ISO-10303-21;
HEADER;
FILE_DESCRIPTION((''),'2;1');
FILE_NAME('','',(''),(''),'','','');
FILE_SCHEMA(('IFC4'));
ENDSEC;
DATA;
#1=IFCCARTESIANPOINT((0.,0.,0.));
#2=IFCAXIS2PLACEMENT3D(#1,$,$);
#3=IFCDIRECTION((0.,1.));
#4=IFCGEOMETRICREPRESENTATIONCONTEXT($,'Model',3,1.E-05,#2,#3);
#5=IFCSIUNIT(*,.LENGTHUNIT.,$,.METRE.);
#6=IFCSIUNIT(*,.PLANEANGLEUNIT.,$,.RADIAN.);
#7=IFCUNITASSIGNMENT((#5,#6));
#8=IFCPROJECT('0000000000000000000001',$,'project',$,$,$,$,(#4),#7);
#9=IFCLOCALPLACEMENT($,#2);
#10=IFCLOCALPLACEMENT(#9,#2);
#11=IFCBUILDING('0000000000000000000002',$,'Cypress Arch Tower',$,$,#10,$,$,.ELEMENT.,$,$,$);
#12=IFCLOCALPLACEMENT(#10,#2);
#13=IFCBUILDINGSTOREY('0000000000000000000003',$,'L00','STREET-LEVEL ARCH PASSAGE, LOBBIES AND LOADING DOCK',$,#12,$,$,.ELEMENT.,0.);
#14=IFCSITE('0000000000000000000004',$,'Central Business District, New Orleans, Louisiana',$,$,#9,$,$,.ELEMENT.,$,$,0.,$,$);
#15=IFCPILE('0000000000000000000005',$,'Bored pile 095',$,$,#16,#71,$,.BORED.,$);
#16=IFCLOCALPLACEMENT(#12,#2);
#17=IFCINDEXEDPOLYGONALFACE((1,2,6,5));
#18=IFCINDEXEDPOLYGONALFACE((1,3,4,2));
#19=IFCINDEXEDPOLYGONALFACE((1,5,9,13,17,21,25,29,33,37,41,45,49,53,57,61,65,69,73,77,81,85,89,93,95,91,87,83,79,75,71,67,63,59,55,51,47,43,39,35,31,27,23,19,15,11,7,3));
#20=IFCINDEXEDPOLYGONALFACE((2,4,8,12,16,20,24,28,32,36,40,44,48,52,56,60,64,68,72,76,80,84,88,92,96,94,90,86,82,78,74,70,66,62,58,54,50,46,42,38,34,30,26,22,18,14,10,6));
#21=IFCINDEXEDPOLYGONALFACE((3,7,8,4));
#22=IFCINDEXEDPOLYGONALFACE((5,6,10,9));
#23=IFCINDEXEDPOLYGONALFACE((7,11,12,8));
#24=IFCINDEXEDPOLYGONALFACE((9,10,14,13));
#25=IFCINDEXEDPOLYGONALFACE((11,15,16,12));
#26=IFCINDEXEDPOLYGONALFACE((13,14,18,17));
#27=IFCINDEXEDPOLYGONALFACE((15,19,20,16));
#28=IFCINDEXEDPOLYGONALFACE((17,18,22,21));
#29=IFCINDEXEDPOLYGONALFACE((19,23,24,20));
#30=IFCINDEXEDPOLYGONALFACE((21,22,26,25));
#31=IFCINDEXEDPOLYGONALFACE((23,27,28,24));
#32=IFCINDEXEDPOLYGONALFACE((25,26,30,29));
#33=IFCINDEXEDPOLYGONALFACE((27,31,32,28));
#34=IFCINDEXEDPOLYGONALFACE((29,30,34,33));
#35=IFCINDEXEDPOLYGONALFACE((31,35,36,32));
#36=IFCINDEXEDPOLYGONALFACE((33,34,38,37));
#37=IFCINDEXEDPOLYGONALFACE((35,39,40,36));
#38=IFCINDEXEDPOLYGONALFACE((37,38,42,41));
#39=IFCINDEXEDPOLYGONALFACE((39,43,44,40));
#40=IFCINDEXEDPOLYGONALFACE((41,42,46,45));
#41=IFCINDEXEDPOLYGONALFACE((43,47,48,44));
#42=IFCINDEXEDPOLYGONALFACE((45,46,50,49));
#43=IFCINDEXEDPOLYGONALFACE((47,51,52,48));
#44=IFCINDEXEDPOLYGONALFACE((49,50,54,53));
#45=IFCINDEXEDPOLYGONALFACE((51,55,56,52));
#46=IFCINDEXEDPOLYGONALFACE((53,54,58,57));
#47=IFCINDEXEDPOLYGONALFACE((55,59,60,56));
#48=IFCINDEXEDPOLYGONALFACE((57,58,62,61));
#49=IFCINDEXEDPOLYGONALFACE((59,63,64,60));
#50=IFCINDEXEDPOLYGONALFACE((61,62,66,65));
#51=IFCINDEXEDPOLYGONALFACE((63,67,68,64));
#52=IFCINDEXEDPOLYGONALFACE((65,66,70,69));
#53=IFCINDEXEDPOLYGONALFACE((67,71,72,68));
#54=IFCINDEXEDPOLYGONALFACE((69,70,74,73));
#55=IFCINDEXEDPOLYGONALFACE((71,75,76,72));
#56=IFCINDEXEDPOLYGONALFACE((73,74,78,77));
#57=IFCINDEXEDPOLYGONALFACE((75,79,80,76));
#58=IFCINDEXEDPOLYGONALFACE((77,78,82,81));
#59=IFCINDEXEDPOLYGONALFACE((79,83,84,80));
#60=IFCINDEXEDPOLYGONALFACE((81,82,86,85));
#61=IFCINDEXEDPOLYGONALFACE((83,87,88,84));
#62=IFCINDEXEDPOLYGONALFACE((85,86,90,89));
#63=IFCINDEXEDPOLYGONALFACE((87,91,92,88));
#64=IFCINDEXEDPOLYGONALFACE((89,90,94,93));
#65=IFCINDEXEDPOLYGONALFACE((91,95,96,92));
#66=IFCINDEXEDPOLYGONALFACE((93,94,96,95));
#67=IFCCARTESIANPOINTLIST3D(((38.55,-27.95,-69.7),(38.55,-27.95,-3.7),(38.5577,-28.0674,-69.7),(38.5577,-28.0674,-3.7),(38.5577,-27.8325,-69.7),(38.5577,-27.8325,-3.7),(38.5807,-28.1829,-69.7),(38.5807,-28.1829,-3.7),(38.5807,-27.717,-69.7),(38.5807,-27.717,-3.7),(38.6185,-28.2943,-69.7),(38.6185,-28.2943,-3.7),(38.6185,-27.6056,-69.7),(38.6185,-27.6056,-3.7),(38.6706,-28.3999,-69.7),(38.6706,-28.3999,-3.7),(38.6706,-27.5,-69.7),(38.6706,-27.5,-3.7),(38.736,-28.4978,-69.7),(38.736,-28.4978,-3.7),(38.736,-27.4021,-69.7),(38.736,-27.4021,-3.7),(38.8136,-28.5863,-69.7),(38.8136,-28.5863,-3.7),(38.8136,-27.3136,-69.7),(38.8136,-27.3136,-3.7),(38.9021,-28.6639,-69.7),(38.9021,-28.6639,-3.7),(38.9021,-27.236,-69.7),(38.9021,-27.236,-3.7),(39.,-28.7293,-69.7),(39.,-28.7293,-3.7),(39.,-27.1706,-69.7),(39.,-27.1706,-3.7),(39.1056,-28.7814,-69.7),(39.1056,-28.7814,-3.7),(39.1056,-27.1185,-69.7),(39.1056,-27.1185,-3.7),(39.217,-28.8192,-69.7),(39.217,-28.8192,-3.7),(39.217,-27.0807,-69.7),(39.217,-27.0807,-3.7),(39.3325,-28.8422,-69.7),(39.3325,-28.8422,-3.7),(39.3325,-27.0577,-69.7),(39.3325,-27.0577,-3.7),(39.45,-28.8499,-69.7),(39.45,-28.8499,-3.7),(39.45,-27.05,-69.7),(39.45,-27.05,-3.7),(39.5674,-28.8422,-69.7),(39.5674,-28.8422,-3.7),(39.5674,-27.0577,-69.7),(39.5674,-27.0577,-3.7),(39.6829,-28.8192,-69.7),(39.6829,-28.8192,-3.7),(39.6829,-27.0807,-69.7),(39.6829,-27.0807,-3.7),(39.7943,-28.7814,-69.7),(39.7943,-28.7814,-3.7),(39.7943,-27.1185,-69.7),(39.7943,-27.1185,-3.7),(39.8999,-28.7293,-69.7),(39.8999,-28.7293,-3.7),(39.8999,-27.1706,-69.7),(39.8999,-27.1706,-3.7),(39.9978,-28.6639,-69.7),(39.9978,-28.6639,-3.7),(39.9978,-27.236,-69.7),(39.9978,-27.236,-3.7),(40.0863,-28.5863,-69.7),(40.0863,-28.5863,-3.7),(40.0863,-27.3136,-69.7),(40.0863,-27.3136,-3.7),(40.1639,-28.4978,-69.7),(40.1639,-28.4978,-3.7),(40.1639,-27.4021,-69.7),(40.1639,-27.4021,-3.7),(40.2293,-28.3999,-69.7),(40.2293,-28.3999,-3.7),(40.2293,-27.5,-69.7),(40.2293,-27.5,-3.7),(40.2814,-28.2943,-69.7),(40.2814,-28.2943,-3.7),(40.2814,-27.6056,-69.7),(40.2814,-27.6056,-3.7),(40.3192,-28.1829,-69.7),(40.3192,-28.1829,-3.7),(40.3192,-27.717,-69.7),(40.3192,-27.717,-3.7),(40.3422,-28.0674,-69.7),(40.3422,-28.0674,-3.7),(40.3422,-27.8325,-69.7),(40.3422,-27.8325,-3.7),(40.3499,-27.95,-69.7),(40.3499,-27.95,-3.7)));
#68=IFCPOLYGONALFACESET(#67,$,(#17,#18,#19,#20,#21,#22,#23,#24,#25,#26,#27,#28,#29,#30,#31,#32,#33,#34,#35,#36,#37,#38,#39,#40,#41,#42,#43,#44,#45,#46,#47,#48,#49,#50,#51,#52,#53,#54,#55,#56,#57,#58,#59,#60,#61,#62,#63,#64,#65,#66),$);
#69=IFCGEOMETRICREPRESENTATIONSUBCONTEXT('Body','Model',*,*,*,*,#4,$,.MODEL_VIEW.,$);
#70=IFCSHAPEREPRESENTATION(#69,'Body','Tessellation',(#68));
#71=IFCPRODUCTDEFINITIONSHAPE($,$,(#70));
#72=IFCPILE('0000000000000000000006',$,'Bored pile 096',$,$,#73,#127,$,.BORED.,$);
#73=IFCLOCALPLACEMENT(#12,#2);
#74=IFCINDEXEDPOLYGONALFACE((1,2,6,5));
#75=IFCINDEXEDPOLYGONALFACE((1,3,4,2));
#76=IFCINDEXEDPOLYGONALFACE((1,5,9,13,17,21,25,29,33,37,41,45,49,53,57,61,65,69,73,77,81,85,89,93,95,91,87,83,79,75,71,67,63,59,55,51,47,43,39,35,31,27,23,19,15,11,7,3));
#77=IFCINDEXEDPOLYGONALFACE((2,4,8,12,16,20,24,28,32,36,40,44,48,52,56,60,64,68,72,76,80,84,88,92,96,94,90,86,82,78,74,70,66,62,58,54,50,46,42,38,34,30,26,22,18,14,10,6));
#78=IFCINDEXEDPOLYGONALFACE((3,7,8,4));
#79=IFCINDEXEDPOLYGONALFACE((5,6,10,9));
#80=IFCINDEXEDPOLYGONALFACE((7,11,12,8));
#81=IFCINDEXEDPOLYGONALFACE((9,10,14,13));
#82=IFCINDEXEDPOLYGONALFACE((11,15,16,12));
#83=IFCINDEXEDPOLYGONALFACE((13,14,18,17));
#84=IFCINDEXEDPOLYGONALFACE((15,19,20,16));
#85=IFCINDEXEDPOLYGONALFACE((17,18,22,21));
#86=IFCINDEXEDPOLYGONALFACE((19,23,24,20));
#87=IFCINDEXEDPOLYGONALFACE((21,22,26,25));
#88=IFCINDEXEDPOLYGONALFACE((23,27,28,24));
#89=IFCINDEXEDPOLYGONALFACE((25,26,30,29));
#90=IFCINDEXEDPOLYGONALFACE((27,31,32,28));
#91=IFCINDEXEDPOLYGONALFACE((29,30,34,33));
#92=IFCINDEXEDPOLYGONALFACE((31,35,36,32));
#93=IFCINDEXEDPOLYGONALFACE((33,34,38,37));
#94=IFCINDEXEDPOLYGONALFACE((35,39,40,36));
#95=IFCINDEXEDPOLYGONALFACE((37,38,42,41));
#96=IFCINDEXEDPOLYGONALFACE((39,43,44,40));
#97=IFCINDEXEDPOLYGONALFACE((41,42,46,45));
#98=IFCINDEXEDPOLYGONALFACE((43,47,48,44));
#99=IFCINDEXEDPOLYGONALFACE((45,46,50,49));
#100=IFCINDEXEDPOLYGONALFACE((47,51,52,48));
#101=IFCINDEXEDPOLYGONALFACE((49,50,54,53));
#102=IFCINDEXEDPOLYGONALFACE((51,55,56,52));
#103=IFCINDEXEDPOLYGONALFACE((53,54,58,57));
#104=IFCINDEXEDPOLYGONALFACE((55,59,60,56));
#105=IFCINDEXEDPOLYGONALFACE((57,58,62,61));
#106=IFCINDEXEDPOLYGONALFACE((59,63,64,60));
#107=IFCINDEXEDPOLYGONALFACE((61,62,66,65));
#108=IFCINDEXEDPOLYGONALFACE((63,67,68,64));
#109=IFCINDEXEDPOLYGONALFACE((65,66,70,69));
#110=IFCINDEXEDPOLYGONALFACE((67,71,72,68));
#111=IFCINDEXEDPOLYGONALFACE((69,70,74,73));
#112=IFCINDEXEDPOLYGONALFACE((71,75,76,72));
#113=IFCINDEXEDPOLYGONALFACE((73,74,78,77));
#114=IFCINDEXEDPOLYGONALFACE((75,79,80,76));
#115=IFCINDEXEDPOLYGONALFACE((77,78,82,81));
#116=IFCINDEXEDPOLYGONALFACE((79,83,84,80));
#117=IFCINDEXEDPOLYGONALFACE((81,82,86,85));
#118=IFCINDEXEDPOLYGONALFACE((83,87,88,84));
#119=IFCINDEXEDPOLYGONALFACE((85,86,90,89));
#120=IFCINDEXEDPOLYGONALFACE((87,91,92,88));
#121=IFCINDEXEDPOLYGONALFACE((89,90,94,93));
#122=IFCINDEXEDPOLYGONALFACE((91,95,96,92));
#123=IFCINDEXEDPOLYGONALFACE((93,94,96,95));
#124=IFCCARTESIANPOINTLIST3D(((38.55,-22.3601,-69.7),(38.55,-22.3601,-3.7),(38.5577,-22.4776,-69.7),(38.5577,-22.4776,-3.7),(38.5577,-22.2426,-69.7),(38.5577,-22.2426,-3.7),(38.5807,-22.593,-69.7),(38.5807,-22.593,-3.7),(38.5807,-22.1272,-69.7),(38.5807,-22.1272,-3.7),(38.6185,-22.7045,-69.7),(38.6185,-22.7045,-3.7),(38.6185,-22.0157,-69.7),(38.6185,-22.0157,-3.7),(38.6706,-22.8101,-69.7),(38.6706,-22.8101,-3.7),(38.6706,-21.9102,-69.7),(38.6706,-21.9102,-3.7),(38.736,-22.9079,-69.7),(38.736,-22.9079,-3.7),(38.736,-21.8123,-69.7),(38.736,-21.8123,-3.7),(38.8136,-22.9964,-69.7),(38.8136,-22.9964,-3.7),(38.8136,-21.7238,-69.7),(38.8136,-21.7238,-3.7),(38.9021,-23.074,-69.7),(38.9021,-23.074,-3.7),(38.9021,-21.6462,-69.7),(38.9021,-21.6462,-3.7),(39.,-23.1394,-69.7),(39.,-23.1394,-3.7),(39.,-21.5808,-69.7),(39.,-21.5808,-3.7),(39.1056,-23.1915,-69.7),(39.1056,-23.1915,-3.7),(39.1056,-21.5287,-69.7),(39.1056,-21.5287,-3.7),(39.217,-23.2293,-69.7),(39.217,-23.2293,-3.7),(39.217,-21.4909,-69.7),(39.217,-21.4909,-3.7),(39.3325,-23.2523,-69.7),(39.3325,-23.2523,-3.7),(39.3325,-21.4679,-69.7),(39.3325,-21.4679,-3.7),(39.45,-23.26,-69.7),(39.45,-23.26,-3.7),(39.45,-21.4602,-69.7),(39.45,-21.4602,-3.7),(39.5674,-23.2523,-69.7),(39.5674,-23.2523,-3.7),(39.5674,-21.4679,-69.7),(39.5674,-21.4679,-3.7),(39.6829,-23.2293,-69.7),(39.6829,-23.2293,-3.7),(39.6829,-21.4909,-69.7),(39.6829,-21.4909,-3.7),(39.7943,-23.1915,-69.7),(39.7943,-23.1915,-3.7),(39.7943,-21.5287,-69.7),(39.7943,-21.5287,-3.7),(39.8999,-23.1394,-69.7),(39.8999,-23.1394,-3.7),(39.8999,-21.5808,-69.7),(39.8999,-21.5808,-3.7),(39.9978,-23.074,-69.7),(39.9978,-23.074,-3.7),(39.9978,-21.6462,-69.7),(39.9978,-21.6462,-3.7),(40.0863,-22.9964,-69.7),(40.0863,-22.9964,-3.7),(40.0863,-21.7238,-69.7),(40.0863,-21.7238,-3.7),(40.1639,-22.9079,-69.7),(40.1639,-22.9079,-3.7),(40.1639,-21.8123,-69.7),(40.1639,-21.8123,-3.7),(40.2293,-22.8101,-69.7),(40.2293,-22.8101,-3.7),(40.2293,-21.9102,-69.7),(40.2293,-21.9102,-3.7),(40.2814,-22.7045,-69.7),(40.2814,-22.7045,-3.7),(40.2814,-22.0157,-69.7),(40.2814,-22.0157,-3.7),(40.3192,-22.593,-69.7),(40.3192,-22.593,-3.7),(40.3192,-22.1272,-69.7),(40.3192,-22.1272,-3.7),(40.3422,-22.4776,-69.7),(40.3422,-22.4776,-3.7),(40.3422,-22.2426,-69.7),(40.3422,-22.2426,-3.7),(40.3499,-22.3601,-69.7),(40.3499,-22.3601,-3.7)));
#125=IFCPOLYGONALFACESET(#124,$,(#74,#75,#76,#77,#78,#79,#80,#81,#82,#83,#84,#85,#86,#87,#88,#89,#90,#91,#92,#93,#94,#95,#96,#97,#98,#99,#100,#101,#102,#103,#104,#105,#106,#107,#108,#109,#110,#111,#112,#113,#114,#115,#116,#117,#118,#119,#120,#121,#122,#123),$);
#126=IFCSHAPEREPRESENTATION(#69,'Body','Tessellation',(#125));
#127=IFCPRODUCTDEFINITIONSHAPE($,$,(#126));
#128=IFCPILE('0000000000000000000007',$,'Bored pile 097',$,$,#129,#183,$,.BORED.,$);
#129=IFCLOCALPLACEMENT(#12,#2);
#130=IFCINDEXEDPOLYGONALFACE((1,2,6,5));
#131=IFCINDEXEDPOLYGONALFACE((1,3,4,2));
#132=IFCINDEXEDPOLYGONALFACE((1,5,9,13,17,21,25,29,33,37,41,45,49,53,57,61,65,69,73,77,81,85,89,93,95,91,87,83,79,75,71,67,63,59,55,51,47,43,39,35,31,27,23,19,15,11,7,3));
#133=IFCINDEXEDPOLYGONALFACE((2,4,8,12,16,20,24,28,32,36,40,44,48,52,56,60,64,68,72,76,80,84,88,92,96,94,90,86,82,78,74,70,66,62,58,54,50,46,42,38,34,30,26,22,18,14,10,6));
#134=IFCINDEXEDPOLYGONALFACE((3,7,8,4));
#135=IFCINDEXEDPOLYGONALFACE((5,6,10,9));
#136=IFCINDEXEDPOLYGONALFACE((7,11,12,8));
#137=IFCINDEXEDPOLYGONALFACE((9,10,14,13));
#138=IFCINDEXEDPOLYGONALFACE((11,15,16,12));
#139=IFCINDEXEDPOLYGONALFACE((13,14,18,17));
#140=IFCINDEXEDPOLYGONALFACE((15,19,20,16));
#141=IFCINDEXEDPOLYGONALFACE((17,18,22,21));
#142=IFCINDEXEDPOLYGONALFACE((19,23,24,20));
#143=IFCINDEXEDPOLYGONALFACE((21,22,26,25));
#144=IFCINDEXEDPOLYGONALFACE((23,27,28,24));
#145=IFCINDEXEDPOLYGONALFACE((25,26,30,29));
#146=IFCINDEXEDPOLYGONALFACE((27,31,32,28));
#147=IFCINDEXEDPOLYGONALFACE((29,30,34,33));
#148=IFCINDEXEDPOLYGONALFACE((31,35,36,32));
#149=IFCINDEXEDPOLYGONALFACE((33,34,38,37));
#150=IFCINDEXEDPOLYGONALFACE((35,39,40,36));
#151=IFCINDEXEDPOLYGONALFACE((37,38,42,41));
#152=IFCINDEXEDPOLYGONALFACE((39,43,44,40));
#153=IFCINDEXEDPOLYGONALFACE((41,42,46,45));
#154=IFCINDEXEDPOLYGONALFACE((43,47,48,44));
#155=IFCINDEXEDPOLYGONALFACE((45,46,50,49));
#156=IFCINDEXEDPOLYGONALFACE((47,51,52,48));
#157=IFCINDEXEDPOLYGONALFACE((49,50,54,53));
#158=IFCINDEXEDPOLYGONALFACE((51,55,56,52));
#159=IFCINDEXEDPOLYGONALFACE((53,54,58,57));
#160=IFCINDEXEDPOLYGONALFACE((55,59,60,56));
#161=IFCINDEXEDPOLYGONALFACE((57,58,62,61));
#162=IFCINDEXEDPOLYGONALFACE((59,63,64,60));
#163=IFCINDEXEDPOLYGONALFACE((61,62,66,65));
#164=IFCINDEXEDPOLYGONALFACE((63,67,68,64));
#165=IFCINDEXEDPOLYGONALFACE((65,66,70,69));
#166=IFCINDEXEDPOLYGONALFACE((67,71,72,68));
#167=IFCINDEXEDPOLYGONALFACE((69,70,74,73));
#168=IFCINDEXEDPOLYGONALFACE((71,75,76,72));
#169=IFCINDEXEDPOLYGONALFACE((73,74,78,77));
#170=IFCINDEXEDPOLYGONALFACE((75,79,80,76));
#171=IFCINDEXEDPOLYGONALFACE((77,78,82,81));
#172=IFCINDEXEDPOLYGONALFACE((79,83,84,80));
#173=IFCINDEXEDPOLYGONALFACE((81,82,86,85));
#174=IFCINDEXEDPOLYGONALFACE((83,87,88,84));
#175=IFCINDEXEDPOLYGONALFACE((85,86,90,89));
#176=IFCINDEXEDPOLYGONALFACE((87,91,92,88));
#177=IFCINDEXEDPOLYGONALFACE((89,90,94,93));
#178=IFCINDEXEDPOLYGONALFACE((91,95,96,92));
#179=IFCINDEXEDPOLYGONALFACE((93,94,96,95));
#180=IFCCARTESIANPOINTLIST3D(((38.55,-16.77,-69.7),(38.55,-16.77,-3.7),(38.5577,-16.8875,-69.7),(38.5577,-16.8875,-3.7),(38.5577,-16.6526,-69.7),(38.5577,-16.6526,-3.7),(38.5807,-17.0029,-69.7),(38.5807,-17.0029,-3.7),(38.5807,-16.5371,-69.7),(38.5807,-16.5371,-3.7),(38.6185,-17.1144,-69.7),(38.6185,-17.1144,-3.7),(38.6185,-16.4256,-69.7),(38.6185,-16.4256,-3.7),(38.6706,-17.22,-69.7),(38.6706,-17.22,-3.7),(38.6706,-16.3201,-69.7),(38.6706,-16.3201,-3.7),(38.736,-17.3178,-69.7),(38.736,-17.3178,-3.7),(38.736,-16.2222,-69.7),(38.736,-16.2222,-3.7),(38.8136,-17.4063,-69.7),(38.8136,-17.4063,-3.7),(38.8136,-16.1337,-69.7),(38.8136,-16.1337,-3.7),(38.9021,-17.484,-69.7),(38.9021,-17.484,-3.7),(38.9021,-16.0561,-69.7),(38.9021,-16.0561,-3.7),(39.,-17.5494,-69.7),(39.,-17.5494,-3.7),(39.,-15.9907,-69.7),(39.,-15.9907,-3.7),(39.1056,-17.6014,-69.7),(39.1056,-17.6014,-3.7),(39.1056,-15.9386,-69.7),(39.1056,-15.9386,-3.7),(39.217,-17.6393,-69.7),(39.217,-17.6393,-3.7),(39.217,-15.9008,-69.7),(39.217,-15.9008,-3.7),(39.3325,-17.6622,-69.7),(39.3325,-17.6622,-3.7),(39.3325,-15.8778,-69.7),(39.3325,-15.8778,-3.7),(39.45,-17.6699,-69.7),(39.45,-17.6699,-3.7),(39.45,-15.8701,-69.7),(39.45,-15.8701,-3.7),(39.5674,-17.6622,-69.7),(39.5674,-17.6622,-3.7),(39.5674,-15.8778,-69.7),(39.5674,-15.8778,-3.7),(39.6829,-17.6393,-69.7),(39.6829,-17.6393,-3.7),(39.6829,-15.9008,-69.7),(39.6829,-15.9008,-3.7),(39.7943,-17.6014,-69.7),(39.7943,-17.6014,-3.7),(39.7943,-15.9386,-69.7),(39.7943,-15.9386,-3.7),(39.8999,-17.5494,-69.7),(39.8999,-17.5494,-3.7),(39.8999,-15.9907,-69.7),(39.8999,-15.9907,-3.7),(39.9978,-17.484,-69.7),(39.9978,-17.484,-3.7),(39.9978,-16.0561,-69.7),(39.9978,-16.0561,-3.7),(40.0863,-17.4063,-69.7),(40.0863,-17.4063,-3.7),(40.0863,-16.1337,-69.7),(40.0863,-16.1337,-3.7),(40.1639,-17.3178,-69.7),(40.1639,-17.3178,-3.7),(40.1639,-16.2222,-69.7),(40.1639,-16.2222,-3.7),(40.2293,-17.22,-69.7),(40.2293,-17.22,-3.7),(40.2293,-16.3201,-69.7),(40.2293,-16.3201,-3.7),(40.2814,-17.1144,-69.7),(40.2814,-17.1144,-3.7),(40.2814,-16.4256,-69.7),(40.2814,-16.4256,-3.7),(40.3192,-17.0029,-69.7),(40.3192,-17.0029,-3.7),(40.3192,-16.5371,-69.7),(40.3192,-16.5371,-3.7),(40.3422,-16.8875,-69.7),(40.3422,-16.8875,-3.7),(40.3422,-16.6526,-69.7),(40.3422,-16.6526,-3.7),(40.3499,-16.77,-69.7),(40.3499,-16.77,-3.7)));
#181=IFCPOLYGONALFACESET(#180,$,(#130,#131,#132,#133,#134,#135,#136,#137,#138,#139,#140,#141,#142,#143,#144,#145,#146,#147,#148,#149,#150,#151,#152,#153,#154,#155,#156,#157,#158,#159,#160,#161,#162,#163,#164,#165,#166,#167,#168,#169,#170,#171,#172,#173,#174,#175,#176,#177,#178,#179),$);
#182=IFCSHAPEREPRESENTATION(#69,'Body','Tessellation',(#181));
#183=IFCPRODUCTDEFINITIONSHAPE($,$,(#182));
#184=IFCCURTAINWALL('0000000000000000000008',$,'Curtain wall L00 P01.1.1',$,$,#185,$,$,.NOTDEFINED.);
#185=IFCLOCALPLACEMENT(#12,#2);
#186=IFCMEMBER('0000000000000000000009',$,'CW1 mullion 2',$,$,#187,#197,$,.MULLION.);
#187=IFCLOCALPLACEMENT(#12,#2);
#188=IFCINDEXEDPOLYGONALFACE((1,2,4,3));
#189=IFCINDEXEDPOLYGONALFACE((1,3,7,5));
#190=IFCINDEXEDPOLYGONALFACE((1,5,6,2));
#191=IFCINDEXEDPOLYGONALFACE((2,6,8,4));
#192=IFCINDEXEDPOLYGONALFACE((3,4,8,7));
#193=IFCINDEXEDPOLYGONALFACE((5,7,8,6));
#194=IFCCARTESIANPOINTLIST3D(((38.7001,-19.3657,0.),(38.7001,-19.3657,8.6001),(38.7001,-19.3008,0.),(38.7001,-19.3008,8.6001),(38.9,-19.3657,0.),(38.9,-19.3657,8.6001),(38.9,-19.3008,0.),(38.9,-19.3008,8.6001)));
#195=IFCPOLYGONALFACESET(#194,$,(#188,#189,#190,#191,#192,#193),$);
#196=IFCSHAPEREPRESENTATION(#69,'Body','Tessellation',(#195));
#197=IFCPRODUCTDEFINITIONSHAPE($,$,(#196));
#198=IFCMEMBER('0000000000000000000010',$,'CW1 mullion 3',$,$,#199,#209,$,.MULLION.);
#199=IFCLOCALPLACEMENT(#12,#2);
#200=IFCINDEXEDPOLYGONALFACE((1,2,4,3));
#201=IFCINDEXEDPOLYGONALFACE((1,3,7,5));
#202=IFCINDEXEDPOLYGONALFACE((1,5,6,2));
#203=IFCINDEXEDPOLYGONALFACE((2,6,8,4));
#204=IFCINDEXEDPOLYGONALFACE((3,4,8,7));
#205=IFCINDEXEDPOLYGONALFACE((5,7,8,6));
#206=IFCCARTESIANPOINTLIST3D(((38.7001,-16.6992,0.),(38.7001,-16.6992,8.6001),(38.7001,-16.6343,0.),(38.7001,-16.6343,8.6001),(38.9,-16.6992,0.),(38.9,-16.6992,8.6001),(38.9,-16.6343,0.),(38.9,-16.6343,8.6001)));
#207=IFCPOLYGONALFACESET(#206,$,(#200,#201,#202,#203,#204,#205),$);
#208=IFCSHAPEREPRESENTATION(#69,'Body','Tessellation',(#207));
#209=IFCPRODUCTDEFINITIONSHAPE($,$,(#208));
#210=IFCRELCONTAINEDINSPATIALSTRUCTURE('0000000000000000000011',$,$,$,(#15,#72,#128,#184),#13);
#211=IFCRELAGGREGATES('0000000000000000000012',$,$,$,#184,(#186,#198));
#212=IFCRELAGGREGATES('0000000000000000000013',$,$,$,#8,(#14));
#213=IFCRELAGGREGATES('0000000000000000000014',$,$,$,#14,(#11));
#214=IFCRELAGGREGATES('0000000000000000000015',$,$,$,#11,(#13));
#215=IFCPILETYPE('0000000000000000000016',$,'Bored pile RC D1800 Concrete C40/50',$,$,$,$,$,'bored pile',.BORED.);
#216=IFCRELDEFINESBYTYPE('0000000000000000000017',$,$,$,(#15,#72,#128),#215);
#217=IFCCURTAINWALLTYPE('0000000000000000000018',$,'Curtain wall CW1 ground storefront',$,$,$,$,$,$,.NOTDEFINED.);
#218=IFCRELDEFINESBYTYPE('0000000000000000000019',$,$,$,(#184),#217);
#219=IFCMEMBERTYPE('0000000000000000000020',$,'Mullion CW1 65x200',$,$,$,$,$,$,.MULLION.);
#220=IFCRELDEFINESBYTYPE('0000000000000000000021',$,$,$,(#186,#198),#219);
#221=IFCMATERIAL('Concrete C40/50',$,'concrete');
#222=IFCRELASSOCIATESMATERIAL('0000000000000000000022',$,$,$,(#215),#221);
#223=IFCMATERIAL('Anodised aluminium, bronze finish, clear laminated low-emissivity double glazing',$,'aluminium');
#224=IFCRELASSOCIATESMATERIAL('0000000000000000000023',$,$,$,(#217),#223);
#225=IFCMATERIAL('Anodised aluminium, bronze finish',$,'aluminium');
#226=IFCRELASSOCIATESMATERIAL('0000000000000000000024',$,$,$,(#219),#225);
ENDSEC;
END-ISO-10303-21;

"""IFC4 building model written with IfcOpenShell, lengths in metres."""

from ifc_helpers import new_model, si_unit, direction, frame, origin, origin_2d, place, context, subcontext, project, spatial, rectangle, circle, extrude, material, material_profile, profile_set, type_object, element, aggregate, save


model = new_model("IFC4")

# Units and contexts
model_context = context("Model", 3, precision=1e-05, world=origin(), true_north=direction((0.0, 1.0)))
body_context = subcontext(model_context, "Body", "Model", "MODEL_VIEW")
ifc_project = project(units=[si_unit("LENGTHUNIT", "METRE"), si_unit("PLANEANGLEUNIT", "RADIAN")], contexts=[model_context])

# Site, building, storey
site_placement = place(None, origin())
site = spatial("IfcSite", under=ifc_project, at=site_placement, Name="Central Business District, New Orleans, Louisiana", CompositionType="ELEMENT", RefElevation=0.0)
building_placement = place(site_placement, origin())
building = spatial("IfcBuilding", under=site, at=building_placement, Name="Cypress Arch Tower", CompositionType="ELEMENT")
storey_placement = place(building_placement, origin())
storey = spatial("IfcBuildingStorey", under=building, at=storey_placement, Name="L00", Description="STREET-LEVEL ARCH PASSAGE, LOBBIES AND LOADING DOCK", CompositionType="ELEMENT", Elevation=0.0)

# Piles
ifc_material_1 = material(Name="Concrete C40/50", Category="concrete")
ifc_material_profile_1 = material_profile(ifc_material_1, circle(Radius=0.8999, at=origin_2d()), Name="RC D1800")
ifc_profile_set_1 = profile_set([ifc_material_profile_1], Name="Concrete C40/50")
pile_type = type_object("IfcPileType", Name="Bored pile RC D1800 Concrete C40/50", ElementType="bored pile", PredefinedType="BORED", material=ifc_profile_set_1)
for number, where, z_axis, x_axis, name in (
    (1, (39.45, -27.95, -3.7), (0.0, 0.0, -1.0), (1.0, 0.0, 0.0), "Bored pile 095"),
    (2, (39.45, -22.3601, -3.7), (0.0, 0.0, -1.0), (1.0, 0.0, 0.0), "Bored pile 096"),
    (3, (39.45, -16.77, -3.7), (0.0, 0.0, -1.0), (1.0, 0.0, 0.0), "Bored pile 097"),
):
    element("IfcPile", number, at=place(storey_placement, frame(where, z_axis=z_axis, x_axis=x_axis)), inside=storey, type_object=pile_type, Name=name, PredefinedType="BORED", context=body_context, shape_type="SweptSolid", body=[
        extrude(circle(Radius=0.8999, at=origin_2d()), origin(), (0.0, 0.0, 1.0), 66.0),
    ])

# Curtain wall, members
ifc_material_2 = material(Name="Anodised aluminium, bronze finish, clear laminated low-emissivity double glazing", Category="aluminium")
curtain_wall_type = type_object("IfcCurtainWallType", Name="Curtain wall CW1 ground storefront", PredefinedType="NOTDEFINED", material=ifc_material_2)
curtain_wall_placement = place(storey_placement, origin())
curtain_wall = element("IfcCurtainWall", 4, at=curtain_wall_placement, inside=storey, type_object=curtain_wall_type, Name="Curtain wall L00 P01.1.1", PredefinedType="NOTDEFINED")
ifc_material_3 = material(Name="Anodised aluminium, bronze finish", Category="aluminium")
ifc_material_profile_2 = material_profile(ifc_material_3, rectangle(XDim=0.2, YDim=0.0649, at=origin_2d()), Name="Mullion 65x200")
ifc_profile_set_2 = profile_set([ifc_material_profile_2], Name="Anodised aluminium, bronze finish")
member_type_1 = type_object("IfcMemberType", Name="Mullion CW1 65x200", PredefinedType="MULLION", material=ifc_profile_set_2)
member_1_placement = place(storey_placement, frame((38.8, -19.3333, 0.0), z_axis=(0.0, 0.0, 1.0), x_axis=(-1.0, 0.0, 0.0)))
member_1 = element("IfcMember", 5, at=member_1_placement, type_object=member_type_1, Name="CW1 mullion 2", PredefinedType="MULLION", context=body_context, shape_type="SweptSolid", body=[
    extrude(rectangle(XDim=0.2, YDim=0.0649, at=origin_2d()), origin(), (0.0, 0.0, 1.0), 8.6001),
])
member_2_placement = place(storey_placement, frame((38.8, -16.6667, 0.0), z_axis=(0.0, 0.0, 1.0), x_axis=(-1.0, 0.0, 0.0)))
member_2 = element("IfcMember", 6, at=member_2_placement, type_object=member_type_1, Name="CW1 mullion 3", PredefinedType="MULLION", context=body_context, shape_type="SweptSolid", body=[
    extrude(rectangle(XDim=0.2, YDim=0.0649, at=origin_2d()), origin(), (0.0, 0.0, 1.0), 8.6001),
])
aggregate(curtain_wall, [member_1, member_2])

save(model, "model.ifc")
